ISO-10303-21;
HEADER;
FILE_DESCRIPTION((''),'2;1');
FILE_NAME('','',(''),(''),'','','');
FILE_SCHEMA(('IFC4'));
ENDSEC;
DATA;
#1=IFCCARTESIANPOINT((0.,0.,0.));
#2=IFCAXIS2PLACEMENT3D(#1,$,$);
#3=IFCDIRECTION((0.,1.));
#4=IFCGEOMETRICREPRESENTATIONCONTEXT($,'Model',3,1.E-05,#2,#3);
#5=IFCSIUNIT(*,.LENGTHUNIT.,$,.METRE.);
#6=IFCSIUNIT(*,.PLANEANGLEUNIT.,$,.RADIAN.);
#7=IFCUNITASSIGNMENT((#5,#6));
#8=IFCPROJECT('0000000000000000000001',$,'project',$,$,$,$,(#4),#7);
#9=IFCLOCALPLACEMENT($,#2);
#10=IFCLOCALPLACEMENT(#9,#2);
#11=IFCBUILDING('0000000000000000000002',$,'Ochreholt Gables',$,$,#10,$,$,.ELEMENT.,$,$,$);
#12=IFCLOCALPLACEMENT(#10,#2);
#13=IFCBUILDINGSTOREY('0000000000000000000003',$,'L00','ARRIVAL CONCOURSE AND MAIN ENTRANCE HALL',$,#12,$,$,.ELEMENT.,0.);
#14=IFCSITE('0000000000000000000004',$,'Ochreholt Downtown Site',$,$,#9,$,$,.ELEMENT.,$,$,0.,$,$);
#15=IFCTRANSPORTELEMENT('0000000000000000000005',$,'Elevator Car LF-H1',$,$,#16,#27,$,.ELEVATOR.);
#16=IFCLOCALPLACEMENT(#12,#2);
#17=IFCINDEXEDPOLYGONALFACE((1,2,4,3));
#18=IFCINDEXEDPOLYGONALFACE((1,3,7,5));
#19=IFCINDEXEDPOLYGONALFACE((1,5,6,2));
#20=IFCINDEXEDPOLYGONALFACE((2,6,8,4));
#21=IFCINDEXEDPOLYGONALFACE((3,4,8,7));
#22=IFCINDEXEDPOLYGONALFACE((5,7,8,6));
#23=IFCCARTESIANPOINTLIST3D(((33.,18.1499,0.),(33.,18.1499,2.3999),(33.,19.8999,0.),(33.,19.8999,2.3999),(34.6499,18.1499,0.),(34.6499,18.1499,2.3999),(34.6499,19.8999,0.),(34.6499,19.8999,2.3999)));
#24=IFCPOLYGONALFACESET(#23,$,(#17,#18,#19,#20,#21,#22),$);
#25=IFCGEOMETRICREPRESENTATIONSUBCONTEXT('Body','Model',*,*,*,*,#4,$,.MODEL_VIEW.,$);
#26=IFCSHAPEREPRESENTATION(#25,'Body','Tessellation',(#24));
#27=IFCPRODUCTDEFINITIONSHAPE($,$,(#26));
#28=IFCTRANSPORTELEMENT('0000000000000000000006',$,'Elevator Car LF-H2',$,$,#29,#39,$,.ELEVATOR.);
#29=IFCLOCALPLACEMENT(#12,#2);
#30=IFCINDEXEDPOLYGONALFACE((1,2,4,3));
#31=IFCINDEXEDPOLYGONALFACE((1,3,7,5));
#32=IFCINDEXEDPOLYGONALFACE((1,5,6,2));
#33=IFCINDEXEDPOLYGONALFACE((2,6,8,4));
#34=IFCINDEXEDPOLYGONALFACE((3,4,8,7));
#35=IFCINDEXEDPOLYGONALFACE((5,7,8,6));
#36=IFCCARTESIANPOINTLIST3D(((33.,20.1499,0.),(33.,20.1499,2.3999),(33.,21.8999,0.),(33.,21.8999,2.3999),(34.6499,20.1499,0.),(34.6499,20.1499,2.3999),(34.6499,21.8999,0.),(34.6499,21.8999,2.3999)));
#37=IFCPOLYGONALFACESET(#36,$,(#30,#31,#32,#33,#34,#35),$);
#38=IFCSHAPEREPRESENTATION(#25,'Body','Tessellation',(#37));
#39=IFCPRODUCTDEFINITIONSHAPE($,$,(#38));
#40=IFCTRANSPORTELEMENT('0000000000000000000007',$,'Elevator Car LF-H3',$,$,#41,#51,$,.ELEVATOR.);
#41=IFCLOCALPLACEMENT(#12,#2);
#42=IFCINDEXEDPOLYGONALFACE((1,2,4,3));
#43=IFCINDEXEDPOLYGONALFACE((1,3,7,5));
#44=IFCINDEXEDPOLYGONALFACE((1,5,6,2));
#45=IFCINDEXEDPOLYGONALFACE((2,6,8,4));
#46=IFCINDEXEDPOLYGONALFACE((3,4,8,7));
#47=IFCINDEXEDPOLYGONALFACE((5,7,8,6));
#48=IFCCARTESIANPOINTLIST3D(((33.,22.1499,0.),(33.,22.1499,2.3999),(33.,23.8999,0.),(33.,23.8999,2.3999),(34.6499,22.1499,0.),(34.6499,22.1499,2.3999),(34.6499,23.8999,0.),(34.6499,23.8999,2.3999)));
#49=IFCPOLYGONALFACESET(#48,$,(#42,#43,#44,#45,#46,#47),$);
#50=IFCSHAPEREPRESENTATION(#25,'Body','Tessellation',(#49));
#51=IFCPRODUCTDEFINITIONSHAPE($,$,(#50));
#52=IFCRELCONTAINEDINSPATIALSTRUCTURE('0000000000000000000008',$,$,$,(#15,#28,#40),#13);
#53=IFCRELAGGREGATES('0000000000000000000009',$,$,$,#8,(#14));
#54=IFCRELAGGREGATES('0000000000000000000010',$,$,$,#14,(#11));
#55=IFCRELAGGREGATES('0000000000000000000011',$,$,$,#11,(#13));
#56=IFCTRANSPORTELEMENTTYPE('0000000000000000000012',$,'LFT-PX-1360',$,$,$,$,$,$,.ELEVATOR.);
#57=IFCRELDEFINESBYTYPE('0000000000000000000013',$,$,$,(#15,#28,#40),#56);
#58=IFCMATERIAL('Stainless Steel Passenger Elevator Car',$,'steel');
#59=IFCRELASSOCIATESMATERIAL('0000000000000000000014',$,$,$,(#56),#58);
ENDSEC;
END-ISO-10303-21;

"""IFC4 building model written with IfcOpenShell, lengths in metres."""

from ifc_helpers import new_model, si_unit, direction, frame, origin, origin_2d, place, context, subcontext, project, spatial, rectangle, extrude, material, type_object, element, save


model = new_model("IFC4")

# Units and contexts
model_context = context("Model", 3, precision=1e-05, world=origin(), true_north=direction((0.0, 1.0)))
body_context = subcontext(model_context, "Body", "Model", "MODEL_VIEW")
ifc_project = project(units=[si_unit("LENGTHUNIT", "METRE"), si_unit("PLANEANGLEUNIT", "RADIAN")], contexts=[model_context])

# Site, building, storey
site_placement = place(None, origin())
site = spatial("IfcSite", under=ifc_project, at=site_placement, Name="Ochreholt Downtown Site", CompositionType="ELEMENT", RefElevation=0.0)
building_placement = place(site_placement, origin())
building = spatial("IfcBuilding", under=site, at=building_placement, Name="Ochreholt Gables", CompositionType="ELEMENT")
storey_placement = place(building_placement, origin())
storey = spatial("IfcBuildingStorey", under=building, at=storey_placement, Name="L00", Description="ARRIVAL CONCOURSE AND MAIN ENTRANCE HALL", CompositionType="ELEMENT", Elevation=0.0)

# Transport elements
ifc_material_1 = material(Name="Stainless Steel Passenger Elevator Car", Category="steel")
transport_element_type = type_object("IfcTransportElementType", Name="LFT-PX-1360", PredefinedType="ELEVATOR", material=ifc_material_1)
for number, where, z_axis, x_axis, name in (
    (1, (33.825, 19.0249, 0.0), (0.0, 0.0, 1.0), (1.0, 0.0, 0.0), "Elevator Car LF-H1"),
    (2, (33.825, 21.0249, 0.0), (0.0, 0.0, 1.0), (1.0, 0.0, 0.0), "Elevator Car LF-H2"),
    (3, (33.825, 23.0249, 0.0), (0.0, 0.0, 1.0), (1.0, 0.0, 0.0), "Elevator Car LF-H3"),
):
    element("IfcTransportElement", number, at=place(storey_placement, frame(where, z_axis=z_axis, x_axis=x_axis)), inside=storey, type_object=transport_element_type, Name=name, PredefinedType="ELEVATOR", context=body_context, shape_type="SweptSolid", body=[
        extrude(rectangle(XDim=1.6499, YDim=1.75, at=origin_2d()), origin(), (0.0, 0.0, 1.0), 2.3999),
    ])

save(model, "model.ifc")
